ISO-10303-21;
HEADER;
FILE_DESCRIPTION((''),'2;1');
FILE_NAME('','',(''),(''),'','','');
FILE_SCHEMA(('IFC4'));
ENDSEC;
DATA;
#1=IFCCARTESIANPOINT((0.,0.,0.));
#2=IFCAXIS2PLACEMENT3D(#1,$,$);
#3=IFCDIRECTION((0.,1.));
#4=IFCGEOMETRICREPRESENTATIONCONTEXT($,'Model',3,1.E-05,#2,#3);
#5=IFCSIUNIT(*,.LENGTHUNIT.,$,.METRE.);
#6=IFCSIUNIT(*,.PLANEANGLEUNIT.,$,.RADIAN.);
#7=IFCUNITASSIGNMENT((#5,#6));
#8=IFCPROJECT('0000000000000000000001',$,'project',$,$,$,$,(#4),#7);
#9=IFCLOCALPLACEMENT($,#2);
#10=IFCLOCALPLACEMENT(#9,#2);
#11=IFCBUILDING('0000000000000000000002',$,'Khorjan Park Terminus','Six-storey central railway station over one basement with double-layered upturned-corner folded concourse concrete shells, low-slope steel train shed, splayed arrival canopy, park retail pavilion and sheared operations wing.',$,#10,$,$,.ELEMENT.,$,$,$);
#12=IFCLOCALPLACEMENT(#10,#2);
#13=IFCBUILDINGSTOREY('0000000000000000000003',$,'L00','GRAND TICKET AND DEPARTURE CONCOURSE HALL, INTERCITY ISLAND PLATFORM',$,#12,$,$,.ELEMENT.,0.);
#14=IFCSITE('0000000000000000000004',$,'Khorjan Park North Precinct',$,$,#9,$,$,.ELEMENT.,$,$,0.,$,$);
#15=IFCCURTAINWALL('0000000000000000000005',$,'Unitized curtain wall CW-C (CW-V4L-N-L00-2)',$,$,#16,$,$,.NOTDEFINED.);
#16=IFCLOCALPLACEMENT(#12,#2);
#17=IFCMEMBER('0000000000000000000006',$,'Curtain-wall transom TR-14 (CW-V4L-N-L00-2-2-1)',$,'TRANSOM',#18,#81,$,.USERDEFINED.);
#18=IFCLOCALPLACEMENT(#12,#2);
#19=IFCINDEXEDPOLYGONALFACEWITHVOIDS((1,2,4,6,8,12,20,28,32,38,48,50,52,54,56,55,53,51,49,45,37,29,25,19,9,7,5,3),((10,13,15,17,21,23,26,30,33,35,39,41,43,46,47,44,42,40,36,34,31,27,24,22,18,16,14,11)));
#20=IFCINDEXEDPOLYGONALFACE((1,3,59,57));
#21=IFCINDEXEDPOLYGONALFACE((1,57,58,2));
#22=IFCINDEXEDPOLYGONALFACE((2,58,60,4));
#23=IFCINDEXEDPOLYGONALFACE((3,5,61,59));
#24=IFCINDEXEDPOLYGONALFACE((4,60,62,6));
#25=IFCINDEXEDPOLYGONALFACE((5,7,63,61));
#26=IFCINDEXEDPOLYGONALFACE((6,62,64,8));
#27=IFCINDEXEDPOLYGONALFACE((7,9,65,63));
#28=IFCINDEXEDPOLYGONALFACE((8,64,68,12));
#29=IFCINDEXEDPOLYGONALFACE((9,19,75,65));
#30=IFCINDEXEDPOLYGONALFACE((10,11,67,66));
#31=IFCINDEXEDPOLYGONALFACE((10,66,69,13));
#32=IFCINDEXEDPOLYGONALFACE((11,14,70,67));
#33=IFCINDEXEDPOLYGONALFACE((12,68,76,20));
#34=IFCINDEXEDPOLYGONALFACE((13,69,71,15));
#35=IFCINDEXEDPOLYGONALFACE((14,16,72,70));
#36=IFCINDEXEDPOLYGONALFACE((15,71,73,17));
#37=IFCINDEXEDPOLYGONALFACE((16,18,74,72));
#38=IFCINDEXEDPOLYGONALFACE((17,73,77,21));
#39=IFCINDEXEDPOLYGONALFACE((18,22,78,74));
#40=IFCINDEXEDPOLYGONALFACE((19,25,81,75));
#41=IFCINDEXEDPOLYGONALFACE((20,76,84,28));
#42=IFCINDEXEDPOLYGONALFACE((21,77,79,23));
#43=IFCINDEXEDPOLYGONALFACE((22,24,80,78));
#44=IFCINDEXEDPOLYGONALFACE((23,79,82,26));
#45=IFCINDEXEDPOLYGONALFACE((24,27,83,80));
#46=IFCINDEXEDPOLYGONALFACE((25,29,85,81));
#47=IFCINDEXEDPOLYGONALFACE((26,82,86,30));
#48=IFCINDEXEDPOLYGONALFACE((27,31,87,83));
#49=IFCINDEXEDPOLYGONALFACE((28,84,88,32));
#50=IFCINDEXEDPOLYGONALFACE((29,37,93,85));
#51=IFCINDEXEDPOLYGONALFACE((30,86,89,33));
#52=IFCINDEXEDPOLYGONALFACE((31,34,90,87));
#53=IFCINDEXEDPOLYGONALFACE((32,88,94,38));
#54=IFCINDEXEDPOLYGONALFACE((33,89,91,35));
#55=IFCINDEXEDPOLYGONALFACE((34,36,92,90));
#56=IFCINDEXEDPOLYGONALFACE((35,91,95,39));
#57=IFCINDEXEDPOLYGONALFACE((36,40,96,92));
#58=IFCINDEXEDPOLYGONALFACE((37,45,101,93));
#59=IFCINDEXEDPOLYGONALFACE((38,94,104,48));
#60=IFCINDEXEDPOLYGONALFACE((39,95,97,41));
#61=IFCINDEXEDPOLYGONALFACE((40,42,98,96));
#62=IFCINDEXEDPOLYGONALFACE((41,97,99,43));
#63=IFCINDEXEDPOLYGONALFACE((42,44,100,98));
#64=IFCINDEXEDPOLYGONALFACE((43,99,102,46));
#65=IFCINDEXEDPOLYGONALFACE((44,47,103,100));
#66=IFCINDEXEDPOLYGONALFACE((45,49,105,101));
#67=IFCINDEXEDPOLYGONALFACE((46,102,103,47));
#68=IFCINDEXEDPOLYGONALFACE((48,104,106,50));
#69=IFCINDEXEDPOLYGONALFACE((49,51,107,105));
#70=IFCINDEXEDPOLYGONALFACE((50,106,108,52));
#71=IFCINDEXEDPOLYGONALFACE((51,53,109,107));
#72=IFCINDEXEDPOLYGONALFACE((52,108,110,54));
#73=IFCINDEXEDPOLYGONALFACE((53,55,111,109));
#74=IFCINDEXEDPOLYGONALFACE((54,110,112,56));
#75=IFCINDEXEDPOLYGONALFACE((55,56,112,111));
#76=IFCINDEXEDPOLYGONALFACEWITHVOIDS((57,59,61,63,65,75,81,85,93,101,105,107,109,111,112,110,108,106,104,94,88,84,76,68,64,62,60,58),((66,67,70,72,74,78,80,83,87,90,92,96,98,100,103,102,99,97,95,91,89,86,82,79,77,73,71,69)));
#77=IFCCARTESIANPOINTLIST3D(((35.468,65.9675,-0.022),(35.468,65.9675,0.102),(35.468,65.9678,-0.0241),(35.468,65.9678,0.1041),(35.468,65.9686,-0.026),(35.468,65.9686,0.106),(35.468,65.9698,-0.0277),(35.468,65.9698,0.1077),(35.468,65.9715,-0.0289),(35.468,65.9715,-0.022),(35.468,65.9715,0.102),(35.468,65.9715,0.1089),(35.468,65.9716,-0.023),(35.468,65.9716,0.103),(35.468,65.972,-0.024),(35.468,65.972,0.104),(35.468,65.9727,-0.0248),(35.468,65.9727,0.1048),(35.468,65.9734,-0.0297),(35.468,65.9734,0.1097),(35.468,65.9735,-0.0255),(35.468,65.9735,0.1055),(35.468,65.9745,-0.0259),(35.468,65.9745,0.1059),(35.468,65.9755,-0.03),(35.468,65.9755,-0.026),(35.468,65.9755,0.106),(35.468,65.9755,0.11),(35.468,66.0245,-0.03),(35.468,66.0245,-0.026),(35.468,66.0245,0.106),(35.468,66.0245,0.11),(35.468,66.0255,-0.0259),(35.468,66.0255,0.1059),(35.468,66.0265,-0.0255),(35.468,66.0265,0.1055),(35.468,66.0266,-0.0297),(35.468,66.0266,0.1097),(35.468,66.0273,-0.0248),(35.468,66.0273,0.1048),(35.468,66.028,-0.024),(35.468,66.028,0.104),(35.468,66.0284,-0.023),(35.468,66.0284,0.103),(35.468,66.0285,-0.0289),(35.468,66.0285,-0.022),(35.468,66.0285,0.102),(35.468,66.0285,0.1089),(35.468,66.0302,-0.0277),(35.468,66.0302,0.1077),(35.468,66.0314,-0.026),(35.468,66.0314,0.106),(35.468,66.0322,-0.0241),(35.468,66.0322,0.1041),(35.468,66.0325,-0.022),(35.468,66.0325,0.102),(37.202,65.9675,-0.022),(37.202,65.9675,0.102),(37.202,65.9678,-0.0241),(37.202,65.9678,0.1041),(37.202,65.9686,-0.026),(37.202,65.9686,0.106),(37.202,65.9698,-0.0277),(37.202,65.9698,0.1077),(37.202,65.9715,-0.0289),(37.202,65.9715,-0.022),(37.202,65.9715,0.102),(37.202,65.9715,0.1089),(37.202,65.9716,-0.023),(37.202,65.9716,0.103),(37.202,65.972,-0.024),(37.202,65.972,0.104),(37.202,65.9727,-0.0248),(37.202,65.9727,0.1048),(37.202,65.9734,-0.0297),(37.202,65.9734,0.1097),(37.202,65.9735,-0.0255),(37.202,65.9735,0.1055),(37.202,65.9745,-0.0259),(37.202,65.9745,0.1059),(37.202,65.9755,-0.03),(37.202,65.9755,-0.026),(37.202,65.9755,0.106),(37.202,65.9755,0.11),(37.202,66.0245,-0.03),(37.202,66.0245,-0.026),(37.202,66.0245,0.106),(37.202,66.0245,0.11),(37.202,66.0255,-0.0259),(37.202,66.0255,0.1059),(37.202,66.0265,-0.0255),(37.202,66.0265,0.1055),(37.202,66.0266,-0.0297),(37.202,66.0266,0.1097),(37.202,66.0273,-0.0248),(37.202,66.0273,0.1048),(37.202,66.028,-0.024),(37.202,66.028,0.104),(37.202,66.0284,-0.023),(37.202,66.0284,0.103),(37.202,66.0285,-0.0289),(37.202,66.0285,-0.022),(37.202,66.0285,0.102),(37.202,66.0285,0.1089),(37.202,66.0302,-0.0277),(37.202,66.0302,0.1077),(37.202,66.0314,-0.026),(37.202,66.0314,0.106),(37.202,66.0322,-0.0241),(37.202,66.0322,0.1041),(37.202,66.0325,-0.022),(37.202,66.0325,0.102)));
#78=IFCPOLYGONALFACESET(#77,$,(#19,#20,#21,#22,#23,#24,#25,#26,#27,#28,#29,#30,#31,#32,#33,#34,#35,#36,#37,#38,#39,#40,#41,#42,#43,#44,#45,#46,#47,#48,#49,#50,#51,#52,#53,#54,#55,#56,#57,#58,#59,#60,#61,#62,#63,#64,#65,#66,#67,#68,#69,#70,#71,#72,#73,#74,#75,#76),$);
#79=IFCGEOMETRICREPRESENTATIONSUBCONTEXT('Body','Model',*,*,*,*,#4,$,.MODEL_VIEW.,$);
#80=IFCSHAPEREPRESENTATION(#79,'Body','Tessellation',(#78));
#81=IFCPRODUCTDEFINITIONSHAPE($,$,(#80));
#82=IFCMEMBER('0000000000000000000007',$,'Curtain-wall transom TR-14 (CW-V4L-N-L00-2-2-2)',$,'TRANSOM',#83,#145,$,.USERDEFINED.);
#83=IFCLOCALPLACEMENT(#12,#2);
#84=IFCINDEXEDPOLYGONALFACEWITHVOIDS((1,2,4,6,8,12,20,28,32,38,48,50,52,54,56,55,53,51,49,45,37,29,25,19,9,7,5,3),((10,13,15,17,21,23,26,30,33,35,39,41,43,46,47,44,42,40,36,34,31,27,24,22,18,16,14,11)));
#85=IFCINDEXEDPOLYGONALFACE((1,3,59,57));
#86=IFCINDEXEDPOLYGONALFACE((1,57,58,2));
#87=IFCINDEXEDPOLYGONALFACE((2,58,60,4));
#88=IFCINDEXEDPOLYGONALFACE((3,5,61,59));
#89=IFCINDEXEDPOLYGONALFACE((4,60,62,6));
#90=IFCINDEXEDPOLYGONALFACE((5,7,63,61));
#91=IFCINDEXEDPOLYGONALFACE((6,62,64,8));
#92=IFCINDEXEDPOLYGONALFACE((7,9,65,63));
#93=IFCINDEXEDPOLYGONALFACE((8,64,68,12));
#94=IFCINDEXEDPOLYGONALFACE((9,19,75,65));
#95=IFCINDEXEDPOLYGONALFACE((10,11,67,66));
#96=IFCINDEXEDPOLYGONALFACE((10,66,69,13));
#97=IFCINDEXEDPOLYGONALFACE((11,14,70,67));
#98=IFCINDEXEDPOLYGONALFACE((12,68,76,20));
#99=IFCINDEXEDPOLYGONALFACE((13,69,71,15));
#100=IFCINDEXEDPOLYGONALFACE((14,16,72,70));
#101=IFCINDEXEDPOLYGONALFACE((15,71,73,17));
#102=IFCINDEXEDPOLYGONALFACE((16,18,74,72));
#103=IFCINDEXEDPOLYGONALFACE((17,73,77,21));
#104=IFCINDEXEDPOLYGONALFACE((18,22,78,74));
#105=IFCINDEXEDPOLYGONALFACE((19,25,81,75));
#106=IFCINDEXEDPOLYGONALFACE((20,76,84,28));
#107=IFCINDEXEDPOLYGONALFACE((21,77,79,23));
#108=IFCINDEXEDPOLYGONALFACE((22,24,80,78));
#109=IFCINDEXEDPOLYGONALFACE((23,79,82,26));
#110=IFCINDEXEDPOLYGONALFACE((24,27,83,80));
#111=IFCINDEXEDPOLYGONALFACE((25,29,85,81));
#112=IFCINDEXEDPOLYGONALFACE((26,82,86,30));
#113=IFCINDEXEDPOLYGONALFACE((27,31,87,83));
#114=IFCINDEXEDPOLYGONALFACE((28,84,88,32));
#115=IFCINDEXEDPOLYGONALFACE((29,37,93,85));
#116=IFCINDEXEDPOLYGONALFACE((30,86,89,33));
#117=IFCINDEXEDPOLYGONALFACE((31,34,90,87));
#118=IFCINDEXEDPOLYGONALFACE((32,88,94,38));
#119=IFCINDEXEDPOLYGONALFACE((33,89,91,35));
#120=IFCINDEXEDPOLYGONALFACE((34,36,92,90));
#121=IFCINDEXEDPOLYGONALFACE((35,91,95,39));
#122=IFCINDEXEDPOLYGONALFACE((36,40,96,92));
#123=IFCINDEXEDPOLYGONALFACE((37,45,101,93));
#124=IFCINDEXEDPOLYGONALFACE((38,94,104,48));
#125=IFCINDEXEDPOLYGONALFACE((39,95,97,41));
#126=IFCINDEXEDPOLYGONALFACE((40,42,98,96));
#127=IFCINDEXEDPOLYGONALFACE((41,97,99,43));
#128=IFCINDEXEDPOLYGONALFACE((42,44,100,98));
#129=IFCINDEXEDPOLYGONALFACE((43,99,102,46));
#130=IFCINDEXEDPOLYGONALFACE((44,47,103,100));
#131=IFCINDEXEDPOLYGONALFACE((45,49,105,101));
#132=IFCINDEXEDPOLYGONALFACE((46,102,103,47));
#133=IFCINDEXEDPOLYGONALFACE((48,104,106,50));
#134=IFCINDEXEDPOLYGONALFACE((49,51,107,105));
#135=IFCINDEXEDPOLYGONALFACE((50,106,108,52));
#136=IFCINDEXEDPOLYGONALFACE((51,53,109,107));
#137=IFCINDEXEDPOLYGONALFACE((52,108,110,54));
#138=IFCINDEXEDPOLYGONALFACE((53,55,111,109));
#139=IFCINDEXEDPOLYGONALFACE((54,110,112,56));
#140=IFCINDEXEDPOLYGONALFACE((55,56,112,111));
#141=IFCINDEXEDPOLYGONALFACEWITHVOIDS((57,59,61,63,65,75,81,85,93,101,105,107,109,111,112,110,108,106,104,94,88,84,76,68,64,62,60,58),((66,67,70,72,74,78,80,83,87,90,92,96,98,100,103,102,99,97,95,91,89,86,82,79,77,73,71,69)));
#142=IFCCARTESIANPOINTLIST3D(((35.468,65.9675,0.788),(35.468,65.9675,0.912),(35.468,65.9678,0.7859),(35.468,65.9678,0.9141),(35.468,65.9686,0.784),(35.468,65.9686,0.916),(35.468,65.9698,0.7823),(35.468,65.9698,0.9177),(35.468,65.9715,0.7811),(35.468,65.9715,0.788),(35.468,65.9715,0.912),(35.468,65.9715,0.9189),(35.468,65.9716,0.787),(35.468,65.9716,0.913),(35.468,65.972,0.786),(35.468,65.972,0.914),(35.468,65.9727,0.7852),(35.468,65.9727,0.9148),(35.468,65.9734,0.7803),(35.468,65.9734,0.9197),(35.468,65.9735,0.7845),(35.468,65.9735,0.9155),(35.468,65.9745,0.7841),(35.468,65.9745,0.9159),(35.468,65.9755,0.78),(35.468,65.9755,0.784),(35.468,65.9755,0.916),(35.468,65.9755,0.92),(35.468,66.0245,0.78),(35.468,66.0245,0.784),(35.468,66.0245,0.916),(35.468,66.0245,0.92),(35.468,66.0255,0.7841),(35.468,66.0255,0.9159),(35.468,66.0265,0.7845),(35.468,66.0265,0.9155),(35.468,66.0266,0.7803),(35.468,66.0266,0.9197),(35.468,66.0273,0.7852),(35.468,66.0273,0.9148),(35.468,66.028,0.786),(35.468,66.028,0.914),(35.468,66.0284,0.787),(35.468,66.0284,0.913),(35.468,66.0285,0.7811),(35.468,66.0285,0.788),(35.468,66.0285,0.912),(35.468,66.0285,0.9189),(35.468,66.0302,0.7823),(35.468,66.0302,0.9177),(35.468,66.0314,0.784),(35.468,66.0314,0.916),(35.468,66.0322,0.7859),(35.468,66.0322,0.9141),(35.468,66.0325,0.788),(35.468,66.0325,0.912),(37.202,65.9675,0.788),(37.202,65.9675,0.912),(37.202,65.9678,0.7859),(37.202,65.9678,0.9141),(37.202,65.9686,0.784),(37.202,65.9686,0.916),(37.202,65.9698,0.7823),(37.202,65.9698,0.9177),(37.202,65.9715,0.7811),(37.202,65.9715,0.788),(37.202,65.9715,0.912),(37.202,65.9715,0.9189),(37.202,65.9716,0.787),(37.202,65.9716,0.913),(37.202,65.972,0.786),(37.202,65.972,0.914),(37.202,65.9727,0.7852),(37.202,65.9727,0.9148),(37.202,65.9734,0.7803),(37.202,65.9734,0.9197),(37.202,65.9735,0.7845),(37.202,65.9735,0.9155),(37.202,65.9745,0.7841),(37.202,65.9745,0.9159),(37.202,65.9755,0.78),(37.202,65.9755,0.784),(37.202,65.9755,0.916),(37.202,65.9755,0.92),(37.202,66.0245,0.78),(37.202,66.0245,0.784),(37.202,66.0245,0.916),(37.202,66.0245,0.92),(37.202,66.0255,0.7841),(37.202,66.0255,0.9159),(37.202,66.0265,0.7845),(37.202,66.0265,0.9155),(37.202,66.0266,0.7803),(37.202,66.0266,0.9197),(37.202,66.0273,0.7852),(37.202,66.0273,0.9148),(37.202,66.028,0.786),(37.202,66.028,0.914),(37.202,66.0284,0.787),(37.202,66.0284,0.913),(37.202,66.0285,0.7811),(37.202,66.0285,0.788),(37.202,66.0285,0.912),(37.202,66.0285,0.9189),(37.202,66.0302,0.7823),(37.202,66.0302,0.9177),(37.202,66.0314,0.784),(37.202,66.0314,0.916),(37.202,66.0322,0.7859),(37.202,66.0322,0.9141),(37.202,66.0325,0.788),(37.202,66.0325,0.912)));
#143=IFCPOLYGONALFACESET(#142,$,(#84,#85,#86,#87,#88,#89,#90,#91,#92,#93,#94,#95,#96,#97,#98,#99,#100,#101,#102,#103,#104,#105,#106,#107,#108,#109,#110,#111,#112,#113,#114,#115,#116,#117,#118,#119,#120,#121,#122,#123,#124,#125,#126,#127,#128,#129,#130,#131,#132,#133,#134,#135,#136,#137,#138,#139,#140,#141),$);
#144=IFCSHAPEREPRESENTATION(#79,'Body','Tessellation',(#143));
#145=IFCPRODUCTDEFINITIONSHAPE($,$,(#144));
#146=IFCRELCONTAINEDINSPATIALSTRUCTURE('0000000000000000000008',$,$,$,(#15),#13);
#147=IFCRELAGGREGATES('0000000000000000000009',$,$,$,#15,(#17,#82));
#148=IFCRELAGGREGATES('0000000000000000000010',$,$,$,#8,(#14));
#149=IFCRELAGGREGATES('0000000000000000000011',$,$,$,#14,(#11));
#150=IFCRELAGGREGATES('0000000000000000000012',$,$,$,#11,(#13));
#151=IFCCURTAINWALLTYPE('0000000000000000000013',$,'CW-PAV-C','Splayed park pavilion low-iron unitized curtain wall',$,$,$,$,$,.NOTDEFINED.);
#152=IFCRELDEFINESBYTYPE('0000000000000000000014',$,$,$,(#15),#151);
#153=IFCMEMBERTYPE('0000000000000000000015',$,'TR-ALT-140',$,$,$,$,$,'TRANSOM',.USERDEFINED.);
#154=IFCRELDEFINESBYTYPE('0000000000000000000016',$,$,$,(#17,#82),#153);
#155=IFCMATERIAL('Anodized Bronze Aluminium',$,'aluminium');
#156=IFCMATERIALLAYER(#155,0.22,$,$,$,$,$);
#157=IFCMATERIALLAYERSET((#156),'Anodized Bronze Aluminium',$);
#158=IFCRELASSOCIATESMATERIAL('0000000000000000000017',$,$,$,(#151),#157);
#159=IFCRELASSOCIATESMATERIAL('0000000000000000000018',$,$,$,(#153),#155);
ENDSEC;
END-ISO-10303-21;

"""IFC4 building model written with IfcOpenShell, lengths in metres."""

from ifc_helpers import new_model, si_unit, direction, frame, origin, origin_2d, place, context, subcontext, project, spatial, hollow_rectangle, extrude, material, layer, layer_set, material_profile, profile_set, type_object, element, aggregate, save


model = new_model("IFC4")

# Units and contexts
model_context = context("Model", 3, precision=1e-05, world=origin(), true_north=direction((0.0, 1.0)))
body_context = subcontext(model_context, "Body", "Model", "MODEL_VIEW")
ifc_project = project(units=[si_unit("LENGTHUNIT", "METRE"), si_unit("PLANEANGLEUNIT", "RADIAN")], contexts=[model_context])

# Site, building, storey
site_placement = place(None, origin())
site = spatial("IfcSite", under=ifc_project, at=site_placement, Name="Khorjan Park North Precinct", CompositionType="ELEMENT", RefElevation=0.0)
building_placement = place(site_placement, origin())
building = spatial("IfcBuilding", under=site, at=building_placement, Name="Khorjan Park Terminus", Description="Six-storey central railway station over one basement with double-layered upturned-corner folded concourse concrete shells, low-slope steel train shed, splayed arrival canopy, park retail pavilion and sheared operations wing.", CompositionType="ELEMENT")
storey_placement = place(building_placement, origin())
storey = spatial("IfcBuildingStorey", under=building, at=storey_placement, Name="L00", Description="GRAND TICKET AND DEPARTURE CONCOURSE HALL, INTERCITY ISLAND PLATFORM", CompositionType="ELEMENT", Elevation=0.0)

# Curtain wall, members
ifc_material_1 = material(Name="Anodized Bronze Aluminium", Category="aluminium")
ifc_layer_1 = layer(ifc_material_1, 0.22)
ifc_layer_set_1 = layer_set([ifc_layer_1], Name="Anodized Bronze Aluminium")
curtain_wall_type = type_object("IfcCurtainWallType", Name="CW-PAV-C", Description="Splayed park pavilion low-iron unitized curtain wall", PredefinedType="NOTDEFINED", material=ifc_layer_set_1)
curtain_wall_1_placement = place(storey_placement, origin())
curtain_wall_1 = element("IfcCurtainWall", 1, at=curtain_wall_1_placement, inside=storey, type_object=curtain_wall_type, Name="Unitized curtain wall CW-C (CW-V4L-N-L00-2)", PredefinedType="NOTDEFINED")
ifc_material_profile_1 = material_profile(ifc_material_1, hollow_rectangle(XDim=0.065, YDim=0.14, WallThickness=0.004, InnerFilletRadius=0.004, OuterFilletRadius=0.008, at=origin_2d()), Name="ALT 65x140x4")
ifc_profile_set_1 = profile_set([ifc_material_profile_1], Name="Anodized Bronze Aluminium")
member_type_1 = type_object("IfcMemberType", Name="TR-ALT-140", ElementType="TRANSOM", PredefinedType="USERDEFINED", material=ifc_profile_set_1)
member_1_placement = place(storey_placement, frame((37.202, 66.0, 0.04), z_axis=(-1.0, 0.0, 0.0), x_axis=(0.0, -1.0, 0.0)))
member_1 = element("IfcMember", 2, at=member_1_placement, type_object=member_type_1, Name="Curtain-wall transom TR-14 (CW-V4L-N-L00-2-2-1)", ObjectType="TRANSOM", PredefinedType="USERDEFINED", context=body_context, shape_type="SweptSolid", body=[
    extrude(hollow_rectangle(XDim=0.065, YDim=0.14, WallThickness=0.004, InnerFilletRadius=0.004, OuterFilletRadius=0.008, at=origin_2d()), origin(), (0.0, 0.0, 1.0), 1.734),
])
member_2_placement = place(storey_placement, frame((37.202, 66.0, 0.85), z_axis=(-1.0, 0.0, 0.0), x_axis=(0.0, -1.0, 0.0)))
member_2 = element("IfcMember", 3, at=member_2_placement, type_object=member_type_1, Name="Curtain-wall transom TR-14 (CW-V4L-N-L00-2-2-2)", ObjectType="TRANSOM", PredefinedType="USERDEFINED", context=body_context, shape_type="SweptSolid", body=[
    extrude(hollow_rectangle(XDim=0.065, YDim=0.14, WallThickness=0.004, InnerFilletRadius=0.004, OuterFilletRadius=0.008, at=origin_2d()), origin(), (0.0, 0.0, 1.0), 1.734),
])

aggregate(curtain_wall_1, [member_1, member_2])

save(model, "model.ifc")
